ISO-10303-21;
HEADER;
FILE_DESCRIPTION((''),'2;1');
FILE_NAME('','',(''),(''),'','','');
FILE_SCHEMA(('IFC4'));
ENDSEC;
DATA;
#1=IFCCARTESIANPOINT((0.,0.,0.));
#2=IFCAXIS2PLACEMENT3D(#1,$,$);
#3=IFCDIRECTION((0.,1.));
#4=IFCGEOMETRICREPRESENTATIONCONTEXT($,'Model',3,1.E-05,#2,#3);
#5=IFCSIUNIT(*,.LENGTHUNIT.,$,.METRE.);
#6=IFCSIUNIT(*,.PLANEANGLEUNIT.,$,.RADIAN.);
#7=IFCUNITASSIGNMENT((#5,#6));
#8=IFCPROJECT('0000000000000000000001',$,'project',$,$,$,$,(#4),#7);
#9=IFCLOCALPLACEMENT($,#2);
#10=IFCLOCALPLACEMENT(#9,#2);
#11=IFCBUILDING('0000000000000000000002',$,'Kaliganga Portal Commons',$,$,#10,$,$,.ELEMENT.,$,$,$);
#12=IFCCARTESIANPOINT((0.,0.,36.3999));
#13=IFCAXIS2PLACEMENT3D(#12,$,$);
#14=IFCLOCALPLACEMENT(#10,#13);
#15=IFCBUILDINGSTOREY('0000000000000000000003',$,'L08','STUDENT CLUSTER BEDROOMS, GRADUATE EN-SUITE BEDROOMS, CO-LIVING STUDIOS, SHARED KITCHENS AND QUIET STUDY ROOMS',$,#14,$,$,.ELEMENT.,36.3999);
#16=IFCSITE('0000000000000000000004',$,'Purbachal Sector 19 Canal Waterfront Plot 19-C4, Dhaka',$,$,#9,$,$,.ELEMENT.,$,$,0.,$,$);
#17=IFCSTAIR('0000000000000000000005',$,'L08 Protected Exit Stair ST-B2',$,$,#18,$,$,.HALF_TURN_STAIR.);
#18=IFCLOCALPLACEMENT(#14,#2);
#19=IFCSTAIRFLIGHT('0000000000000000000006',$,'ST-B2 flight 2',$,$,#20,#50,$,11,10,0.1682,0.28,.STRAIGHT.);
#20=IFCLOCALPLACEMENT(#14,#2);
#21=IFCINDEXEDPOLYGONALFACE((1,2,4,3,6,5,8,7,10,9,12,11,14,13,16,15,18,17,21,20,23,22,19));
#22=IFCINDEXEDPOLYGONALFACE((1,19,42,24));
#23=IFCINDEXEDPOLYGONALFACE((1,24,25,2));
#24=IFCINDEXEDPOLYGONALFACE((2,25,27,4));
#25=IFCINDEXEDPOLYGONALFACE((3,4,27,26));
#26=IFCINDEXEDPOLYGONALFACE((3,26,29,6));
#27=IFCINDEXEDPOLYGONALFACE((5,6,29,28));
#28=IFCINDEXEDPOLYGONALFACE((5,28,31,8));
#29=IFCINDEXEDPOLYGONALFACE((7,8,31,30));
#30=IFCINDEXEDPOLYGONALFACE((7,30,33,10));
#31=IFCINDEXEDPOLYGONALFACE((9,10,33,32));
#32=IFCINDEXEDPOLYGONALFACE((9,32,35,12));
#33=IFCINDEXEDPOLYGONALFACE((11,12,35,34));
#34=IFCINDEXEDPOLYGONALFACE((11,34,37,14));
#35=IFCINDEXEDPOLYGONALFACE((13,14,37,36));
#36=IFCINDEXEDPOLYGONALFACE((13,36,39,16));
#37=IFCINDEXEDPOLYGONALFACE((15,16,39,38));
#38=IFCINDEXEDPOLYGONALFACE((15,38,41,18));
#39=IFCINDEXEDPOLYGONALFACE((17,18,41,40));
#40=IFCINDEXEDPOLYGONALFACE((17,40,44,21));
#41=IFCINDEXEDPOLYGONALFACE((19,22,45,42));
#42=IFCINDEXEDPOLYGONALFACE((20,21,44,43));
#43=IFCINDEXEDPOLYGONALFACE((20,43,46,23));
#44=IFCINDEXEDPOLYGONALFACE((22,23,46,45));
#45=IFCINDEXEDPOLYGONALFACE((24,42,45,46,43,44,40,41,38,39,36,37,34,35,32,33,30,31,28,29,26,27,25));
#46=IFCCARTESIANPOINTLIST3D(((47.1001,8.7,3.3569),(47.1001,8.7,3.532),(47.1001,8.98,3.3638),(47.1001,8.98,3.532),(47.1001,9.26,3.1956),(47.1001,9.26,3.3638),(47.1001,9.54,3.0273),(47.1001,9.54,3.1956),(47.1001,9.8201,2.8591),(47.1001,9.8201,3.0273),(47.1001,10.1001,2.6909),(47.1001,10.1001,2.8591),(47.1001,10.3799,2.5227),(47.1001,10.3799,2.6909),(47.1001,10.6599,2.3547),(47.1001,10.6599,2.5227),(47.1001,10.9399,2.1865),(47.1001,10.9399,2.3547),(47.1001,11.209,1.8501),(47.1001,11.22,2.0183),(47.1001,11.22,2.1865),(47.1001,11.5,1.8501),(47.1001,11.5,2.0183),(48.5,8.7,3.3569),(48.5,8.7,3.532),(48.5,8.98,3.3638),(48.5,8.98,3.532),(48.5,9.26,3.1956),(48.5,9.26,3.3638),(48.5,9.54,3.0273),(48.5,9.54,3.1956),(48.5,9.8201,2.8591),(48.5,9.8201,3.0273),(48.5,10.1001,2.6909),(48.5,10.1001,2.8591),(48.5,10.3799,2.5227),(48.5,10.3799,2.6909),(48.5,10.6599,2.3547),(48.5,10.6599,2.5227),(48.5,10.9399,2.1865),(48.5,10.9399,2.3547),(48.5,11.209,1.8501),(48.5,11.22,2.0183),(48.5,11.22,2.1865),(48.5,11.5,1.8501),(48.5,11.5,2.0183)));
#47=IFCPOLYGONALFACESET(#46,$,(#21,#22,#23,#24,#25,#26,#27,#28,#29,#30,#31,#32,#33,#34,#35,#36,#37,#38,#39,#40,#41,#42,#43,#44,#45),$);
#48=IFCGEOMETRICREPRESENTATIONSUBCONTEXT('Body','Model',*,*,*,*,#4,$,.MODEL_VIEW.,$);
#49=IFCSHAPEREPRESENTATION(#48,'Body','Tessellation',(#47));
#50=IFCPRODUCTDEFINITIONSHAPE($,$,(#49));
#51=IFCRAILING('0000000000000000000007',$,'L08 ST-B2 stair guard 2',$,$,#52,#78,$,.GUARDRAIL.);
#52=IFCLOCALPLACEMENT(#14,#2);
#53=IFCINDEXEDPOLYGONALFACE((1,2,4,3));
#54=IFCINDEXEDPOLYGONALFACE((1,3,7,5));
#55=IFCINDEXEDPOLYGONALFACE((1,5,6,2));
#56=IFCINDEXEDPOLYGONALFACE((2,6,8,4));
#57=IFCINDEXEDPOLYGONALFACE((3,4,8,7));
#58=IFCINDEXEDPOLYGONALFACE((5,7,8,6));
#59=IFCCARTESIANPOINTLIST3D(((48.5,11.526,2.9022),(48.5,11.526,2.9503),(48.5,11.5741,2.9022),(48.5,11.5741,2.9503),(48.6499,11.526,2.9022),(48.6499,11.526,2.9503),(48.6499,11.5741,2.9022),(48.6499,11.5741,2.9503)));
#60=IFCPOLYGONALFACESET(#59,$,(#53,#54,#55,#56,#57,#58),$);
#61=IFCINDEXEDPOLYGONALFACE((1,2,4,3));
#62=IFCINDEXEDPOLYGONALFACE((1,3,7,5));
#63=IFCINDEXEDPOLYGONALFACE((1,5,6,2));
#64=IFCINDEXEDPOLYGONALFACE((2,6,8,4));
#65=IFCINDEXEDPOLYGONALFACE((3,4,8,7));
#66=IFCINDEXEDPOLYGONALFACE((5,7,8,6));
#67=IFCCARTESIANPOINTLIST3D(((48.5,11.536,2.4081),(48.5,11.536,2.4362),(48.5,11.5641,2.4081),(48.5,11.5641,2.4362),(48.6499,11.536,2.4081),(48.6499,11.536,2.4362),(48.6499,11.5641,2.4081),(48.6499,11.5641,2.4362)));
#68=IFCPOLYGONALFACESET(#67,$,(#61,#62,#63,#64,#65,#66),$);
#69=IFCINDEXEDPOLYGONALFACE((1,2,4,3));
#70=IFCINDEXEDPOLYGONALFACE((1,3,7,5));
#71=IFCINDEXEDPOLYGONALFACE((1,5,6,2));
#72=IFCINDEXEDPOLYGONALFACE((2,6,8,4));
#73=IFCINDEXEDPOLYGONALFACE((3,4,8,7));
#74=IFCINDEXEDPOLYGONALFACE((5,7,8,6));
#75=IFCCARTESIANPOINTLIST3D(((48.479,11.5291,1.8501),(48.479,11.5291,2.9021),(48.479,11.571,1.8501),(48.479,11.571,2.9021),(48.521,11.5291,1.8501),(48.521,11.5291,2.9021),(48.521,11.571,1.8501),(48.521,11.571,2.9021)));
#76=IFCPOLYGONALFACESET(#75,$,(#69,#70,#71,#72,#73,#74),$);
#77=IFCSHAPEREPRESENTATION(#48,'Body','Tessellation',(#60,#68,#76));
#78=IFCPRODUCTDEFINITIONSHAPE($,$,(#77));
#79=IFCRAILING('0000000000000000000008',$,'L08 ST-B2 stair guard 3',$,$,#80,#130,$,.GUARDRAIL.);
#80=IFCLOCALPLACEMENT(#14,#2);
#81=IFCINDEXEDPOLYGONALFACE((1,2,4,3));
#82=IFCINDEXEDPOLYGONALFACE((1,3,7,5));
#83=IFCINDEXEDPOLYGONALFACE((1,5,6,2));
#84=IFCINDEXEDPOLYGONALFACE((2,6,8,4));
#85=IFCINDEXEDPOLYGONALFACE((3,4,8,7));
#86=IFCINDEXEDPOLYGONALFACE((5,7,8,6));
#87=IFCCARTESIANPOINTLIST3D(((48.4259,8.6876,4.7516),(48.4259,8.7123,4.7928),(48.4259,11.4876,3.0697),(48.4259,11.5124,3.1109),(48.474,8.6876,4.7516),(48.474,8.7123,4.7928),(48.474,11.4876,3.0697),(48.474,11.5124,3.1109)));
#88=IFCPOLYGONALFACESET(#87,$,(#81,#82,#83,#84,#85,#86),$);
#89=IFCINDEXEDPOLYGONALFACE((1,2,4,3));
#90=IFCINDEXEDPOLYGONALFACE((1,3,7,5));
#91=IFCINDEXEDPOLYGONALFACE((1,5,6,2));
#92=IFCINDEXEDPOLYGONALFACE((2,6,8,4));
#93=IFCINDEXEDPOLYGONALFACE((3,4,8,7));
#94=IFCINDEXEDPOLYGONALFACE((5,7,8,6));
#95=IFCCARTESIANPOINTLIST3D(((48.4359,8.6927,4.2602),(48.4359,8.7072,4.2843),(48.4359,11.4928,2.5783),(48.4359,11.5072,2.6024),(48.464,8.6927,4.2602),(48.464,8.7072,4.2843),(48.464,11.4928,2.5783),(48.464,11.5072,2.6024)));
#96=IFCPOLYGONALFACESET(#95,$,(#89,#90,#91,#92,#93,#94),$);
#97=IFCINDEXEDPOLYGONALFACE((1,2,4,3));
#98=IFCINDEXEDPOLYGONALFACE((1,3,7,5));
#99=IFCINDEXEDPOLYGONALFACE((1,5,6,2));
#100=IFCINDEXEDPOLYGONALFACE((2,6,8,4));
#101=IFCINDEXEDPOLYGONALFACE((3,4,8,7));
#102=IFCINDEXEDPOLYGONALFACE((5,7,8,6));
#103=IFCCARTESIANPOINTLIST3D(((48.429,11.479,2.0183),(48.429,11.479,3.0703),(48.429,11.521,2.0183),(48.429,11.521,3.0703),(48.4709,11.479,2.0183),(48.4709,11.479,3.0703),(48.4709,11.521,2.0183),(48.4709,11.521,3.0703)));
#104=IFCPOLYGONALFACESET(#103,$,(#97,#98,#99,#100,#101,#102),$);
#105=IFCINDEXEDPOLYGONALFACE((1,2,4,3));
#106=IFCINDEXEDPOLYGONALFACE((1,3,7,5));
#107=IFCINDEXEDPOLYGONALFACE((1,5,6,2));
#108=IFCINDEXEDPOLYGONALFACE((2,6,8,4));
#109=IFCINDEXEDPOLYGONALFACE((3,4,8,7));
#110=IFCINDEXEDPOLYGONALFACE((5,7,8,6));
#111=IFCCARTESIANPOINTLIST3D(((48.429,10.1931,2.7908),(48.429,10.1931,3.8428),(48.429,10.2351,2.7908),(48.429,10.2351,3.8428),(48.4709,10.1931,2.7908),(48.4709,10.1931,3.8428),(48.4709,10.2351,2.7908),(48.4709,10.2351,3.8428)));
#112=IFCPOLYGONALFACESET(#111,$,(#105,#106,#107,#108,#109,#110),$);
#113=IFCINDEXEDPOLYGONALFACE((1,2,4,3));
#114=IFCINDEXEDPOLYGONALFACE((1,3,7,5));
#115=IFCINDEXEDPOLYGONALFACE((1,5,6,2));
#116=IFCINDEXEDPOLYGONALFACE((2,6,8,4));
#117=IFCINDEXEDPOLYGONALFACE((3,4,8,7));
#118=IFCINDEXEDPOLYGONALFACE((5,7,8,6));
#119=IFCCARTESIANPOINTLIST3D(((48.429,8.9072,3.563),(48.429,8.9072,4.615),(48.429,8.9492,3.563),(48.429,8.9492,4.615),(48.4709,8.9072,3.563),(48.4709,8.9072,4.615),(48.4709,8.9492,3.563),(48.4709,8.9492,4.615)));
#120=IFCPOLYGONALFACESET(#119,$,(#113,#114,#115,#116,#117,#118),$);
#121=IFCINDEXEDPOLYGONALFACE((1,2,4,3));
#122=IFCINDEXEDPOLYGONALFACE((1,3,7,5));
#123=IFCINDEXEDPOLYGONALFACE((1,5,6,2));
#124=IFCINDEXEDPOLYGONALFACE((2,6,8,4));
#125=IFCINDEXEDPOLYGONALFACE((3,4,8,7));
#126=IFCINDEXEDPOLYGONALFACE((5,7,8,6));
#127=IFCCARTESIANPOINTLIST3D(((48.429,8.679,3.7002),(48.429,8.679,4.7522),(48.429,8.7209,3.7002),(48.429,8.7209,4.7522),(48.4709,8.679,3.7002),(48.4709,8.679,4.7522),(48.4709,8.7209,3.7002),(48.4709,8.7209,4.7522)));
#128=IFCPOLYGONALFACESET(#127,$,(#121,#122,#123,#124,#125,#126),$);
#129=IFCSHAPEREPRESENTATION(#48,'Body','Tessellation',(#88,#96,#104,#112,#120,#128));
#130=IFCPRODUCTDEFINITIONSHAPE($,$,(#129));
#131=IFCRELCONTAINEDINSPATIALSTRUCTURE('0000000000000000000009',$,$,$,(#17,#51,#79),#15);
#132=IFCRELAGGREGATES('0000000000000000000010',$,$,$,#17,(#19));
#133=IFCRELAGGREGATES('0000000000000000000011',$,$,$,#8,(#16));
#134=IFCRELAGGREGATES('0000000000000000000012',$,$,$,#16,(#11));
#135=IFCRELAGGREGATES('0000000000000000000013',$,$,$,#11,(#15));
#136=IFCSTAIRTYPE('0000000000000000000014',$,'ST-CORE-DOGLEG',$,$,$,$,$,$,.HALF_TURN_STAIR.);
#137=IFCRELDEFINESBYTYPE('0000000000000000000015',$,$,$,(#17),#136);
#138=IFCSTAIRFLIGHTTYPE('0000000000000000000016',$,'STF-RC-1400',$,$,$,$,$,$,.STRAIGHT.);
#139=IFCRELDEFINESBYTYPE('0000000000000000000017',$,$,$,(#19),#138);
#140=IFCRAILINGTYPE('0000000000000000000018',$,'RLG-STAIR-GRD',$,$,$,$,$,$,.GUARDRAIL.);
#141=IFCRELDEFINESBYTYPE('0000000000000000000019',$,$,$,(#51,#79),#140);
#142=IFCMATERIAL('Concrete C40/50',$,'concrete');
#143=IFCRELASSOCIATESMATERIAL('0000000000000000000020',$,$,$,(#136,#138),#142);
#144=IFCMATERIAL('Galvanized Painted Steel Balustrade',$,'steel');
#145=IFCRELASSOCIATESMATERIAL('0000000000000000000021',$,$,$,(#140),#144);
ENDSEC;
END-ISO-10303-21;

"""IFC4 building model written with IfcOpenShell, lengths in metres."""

from ifc_helpers import new_model, si_unit, direction, frame, origin, origin_2d, place, context, subcontext, project, spatial, polyline, rectangle, outline, extrude, material, type_object, element, aggregate, save


model = new_model("IFC4")

# Units and contexts
model_context = context("Model", 3, precision=1e-05, world=origin(), true_north=direction((0.0, 1.0)))
body_context = subcontext(model_context, "Body", "Model", "MODEL_VIEW")
ifc_project = project(units=[si_unit("LENGTHUNIT", "METRE"), si_unit("PLANEANGLEUNIT", "RADIAN")], contexts=[model_context])

# Site, building, storey
site_placement = place(None, origin())
site = spatial("IfcSite", under=ifc_project, at=site_placement, Name="Purbachal Sector 19 Canal Waterfront Plot 19-C4, Dhaka", CompositionType="ELEMENT", RefElevation=0.0)
building_placement = place(site_placement, origin())
building = spatial("IfcBuilding", under=site, at=building_placement, Name="Kaliganga Portal Commons", CompositionType="ELEMENT")
storey_placement = place(building_placement, frame((0.0, 0.0, 36.3999)))
storey = spatial("IfcBuildingStorey", under=building, at=storey_placement, Name="L08", Description="STUDENT CLUSTER BEDROOMS, GRADUATE EN-SUITE BEDROOMS, CO-LIVING STUDIOS, SHARED KITCHENS AND QUIET STUDY ROOMS", CompositionType="ELEMENT", Elevation=36.3999)

# Stair, stair flight
ifc_material_1 = material(Name="Concrete C40/50", Category="concrete")
stair_type = type_object("IfcStairType", Name="ST-CORE-DOGLEG", PredefinedType="HALF_TURN_STAIR", material=ifc_material_1)
stair_placement = place(storey_placement, origin())
stair = element("IfcStair", 1, at=stair_placement, inside=storey, type_object=stair_type, Name="L08 Protected Exit Stair ST-B2", PredefinedType="HALF_TURN_STAIR")
stair_flight_type = type_object("IfcStairFlightType", Name="STF-RC-1400", PredefinedType="STRAIGHT", material=ifc_material_1)
stair_flight_placement = place(storey_placement, frame((47.8, 11.5, 1.8501), z_axis=(0.0, 0.0, 1.0), x_axis=(0.0, -1.0, 0.0)))
stair_flight = element("IfcStairFlight", 2, at=stair_flight_placement, type_object=stair_flight_type, Name="ST-B2 flight 2", NumberOfRisers=11, NumberOfTreads=10, PredefinedType="STRAIGHT", RiserHeight=0.1682, TreadLength=0.28, context=body_context, shape_type="SweptSolid", body=[
    extrude(outline(polyline([(0.0, 0.0), (0.0, 0.1682), (0.28, 0.1682), (0.28, 0.3364), (0.5601, 0.3364), (0.5601, 0.5046), (0.8401, 0.5046), (0.8401, 0.6726), (1.1201, 0.6726), (1.1201, 0.8408), (1.3999, 0.8408), (1.3999, 1.009), (1.6799, 1.009), (1.6799, 1.1772), (1.96, 1.1772), (1.96, 1.3455), (2.24, 1.3455), (2.24, 1.5137), (2.52, 1.5137), (2.52, 1.6819), (2.8, 1.6819), (2.8, 1.8501), (2.8, 1.5068), (0.291, 0.0), (0.0, 0.0)])), frame((0.0, 0.7, 0.0), z_axis=(0.0, -1.0, 0.0), x_axis=(1.0, 0.0, 0.0)), (0.0, 0.0, 1.0), 1.3999),
])
aggregate(stair, [stair_flight])

# Railings
ifc_material_2 = material(Name="Galvanized Painted Steel Balustrade", Category="steel")
railing_type = type_object("IfcRailingType", Name="RLG-STAIR-GRD", PredefinedType="GUARDRAIL", material=ifc_material_2)
railing_1_placement = place(storey_placement, frame((48.6499, 11.55, 1.8501)))
element("IfcRailing", 3, at=railing_1_placement, inside=storey, type_object=railing_type, Name="L08 ST-B2 stair guard 2", PredefinedType="GUARDRAIL", context=body_context, shape_type="SweptSolid", body=[
    extrude(rectangle(XDim=0.0481, YDim=0.0481, at=origin_2d()), frame((0.0, 0.0, 1.0762), z_axis=(-1.0, 0.0, 0.0), x_axis=(0.0, -1.0, 0.0)), (0.0, 0.0, 1.0), 0.1499),
    extrude(rectangle(XDim=0.0281, YDim=0.0281, at=origin_2d()), frame((0.0, 0.0, 0.572), z_axis=(-1.0, 0.0, 0.0), x_axis=(0.0, -1.0, 0.0)), (0.0, 0.0, 1.0), 0.1499),
    extrude(rectangle(XDim=0.042, YDim=0.042, at=origin_2d()), frame((-0.1499, 0.0, 0.0)), (0.0, 0.0, 1.0), 1.052),
])
railing_2_placement = place(storey_placement, frame((48.45, 11.5, 2.0183)))
element("IfcRailing", 4, at=railing_2_placement, inside=storey, type_object=railing_type, Name="L08 ST-B2 stair guard 3", PredefinedType="GUARDRAIL", context=body_context, shape_type="SweptSolid", body=[
    extrude(rectangle(XDim=0.0481, YDim=0.0481, at=origin_2d()), frame((0.0, 0.0, 1.072), z_axis=(0.0, -0.857242, 0.514913), x_axis=(1.0, 0.0, 0.0)), (0.0, 0.0, 1.0), 3.2664),
    extrude(rectangle(XDim=0.0281, YDim=0.0281, at=origin_2d()), frame((0.0, 0.0, 0.572), z_axis=(0.0, -0.857242, 0.514913), x_axis=(1.0, 0.0, 0.0)), (0.0, 0.0, 1.0), 3.2664),
    extrude(rectangle(XDim=0.042, YDim=0.042, at=origin_2d()), origin(), (0.0, 0.0, 1.0), 1.052),
    extrude(rectangle(XDim=0.042, YDim=0.042, at=origin_2d()), frame((0.0, -1.2859, 0.7725)), (0.0, 0.0, 1.0), 1.052),
    extrude(rectangle(XDim=0.042, YDim=0.042, at=origin_2d()), frame((0.0, -2.5718, 1.5447)), (0.0, 0.0, 1.0), 1.052),
    extrude(rectangle(XDim=0.042, YDim=0.042, at=origin_2d()), frame((0.0, -2.8, 1.6819)), (0.0, 0.0, 1.0), 1.052),
])

save(model, "model.ifc")
